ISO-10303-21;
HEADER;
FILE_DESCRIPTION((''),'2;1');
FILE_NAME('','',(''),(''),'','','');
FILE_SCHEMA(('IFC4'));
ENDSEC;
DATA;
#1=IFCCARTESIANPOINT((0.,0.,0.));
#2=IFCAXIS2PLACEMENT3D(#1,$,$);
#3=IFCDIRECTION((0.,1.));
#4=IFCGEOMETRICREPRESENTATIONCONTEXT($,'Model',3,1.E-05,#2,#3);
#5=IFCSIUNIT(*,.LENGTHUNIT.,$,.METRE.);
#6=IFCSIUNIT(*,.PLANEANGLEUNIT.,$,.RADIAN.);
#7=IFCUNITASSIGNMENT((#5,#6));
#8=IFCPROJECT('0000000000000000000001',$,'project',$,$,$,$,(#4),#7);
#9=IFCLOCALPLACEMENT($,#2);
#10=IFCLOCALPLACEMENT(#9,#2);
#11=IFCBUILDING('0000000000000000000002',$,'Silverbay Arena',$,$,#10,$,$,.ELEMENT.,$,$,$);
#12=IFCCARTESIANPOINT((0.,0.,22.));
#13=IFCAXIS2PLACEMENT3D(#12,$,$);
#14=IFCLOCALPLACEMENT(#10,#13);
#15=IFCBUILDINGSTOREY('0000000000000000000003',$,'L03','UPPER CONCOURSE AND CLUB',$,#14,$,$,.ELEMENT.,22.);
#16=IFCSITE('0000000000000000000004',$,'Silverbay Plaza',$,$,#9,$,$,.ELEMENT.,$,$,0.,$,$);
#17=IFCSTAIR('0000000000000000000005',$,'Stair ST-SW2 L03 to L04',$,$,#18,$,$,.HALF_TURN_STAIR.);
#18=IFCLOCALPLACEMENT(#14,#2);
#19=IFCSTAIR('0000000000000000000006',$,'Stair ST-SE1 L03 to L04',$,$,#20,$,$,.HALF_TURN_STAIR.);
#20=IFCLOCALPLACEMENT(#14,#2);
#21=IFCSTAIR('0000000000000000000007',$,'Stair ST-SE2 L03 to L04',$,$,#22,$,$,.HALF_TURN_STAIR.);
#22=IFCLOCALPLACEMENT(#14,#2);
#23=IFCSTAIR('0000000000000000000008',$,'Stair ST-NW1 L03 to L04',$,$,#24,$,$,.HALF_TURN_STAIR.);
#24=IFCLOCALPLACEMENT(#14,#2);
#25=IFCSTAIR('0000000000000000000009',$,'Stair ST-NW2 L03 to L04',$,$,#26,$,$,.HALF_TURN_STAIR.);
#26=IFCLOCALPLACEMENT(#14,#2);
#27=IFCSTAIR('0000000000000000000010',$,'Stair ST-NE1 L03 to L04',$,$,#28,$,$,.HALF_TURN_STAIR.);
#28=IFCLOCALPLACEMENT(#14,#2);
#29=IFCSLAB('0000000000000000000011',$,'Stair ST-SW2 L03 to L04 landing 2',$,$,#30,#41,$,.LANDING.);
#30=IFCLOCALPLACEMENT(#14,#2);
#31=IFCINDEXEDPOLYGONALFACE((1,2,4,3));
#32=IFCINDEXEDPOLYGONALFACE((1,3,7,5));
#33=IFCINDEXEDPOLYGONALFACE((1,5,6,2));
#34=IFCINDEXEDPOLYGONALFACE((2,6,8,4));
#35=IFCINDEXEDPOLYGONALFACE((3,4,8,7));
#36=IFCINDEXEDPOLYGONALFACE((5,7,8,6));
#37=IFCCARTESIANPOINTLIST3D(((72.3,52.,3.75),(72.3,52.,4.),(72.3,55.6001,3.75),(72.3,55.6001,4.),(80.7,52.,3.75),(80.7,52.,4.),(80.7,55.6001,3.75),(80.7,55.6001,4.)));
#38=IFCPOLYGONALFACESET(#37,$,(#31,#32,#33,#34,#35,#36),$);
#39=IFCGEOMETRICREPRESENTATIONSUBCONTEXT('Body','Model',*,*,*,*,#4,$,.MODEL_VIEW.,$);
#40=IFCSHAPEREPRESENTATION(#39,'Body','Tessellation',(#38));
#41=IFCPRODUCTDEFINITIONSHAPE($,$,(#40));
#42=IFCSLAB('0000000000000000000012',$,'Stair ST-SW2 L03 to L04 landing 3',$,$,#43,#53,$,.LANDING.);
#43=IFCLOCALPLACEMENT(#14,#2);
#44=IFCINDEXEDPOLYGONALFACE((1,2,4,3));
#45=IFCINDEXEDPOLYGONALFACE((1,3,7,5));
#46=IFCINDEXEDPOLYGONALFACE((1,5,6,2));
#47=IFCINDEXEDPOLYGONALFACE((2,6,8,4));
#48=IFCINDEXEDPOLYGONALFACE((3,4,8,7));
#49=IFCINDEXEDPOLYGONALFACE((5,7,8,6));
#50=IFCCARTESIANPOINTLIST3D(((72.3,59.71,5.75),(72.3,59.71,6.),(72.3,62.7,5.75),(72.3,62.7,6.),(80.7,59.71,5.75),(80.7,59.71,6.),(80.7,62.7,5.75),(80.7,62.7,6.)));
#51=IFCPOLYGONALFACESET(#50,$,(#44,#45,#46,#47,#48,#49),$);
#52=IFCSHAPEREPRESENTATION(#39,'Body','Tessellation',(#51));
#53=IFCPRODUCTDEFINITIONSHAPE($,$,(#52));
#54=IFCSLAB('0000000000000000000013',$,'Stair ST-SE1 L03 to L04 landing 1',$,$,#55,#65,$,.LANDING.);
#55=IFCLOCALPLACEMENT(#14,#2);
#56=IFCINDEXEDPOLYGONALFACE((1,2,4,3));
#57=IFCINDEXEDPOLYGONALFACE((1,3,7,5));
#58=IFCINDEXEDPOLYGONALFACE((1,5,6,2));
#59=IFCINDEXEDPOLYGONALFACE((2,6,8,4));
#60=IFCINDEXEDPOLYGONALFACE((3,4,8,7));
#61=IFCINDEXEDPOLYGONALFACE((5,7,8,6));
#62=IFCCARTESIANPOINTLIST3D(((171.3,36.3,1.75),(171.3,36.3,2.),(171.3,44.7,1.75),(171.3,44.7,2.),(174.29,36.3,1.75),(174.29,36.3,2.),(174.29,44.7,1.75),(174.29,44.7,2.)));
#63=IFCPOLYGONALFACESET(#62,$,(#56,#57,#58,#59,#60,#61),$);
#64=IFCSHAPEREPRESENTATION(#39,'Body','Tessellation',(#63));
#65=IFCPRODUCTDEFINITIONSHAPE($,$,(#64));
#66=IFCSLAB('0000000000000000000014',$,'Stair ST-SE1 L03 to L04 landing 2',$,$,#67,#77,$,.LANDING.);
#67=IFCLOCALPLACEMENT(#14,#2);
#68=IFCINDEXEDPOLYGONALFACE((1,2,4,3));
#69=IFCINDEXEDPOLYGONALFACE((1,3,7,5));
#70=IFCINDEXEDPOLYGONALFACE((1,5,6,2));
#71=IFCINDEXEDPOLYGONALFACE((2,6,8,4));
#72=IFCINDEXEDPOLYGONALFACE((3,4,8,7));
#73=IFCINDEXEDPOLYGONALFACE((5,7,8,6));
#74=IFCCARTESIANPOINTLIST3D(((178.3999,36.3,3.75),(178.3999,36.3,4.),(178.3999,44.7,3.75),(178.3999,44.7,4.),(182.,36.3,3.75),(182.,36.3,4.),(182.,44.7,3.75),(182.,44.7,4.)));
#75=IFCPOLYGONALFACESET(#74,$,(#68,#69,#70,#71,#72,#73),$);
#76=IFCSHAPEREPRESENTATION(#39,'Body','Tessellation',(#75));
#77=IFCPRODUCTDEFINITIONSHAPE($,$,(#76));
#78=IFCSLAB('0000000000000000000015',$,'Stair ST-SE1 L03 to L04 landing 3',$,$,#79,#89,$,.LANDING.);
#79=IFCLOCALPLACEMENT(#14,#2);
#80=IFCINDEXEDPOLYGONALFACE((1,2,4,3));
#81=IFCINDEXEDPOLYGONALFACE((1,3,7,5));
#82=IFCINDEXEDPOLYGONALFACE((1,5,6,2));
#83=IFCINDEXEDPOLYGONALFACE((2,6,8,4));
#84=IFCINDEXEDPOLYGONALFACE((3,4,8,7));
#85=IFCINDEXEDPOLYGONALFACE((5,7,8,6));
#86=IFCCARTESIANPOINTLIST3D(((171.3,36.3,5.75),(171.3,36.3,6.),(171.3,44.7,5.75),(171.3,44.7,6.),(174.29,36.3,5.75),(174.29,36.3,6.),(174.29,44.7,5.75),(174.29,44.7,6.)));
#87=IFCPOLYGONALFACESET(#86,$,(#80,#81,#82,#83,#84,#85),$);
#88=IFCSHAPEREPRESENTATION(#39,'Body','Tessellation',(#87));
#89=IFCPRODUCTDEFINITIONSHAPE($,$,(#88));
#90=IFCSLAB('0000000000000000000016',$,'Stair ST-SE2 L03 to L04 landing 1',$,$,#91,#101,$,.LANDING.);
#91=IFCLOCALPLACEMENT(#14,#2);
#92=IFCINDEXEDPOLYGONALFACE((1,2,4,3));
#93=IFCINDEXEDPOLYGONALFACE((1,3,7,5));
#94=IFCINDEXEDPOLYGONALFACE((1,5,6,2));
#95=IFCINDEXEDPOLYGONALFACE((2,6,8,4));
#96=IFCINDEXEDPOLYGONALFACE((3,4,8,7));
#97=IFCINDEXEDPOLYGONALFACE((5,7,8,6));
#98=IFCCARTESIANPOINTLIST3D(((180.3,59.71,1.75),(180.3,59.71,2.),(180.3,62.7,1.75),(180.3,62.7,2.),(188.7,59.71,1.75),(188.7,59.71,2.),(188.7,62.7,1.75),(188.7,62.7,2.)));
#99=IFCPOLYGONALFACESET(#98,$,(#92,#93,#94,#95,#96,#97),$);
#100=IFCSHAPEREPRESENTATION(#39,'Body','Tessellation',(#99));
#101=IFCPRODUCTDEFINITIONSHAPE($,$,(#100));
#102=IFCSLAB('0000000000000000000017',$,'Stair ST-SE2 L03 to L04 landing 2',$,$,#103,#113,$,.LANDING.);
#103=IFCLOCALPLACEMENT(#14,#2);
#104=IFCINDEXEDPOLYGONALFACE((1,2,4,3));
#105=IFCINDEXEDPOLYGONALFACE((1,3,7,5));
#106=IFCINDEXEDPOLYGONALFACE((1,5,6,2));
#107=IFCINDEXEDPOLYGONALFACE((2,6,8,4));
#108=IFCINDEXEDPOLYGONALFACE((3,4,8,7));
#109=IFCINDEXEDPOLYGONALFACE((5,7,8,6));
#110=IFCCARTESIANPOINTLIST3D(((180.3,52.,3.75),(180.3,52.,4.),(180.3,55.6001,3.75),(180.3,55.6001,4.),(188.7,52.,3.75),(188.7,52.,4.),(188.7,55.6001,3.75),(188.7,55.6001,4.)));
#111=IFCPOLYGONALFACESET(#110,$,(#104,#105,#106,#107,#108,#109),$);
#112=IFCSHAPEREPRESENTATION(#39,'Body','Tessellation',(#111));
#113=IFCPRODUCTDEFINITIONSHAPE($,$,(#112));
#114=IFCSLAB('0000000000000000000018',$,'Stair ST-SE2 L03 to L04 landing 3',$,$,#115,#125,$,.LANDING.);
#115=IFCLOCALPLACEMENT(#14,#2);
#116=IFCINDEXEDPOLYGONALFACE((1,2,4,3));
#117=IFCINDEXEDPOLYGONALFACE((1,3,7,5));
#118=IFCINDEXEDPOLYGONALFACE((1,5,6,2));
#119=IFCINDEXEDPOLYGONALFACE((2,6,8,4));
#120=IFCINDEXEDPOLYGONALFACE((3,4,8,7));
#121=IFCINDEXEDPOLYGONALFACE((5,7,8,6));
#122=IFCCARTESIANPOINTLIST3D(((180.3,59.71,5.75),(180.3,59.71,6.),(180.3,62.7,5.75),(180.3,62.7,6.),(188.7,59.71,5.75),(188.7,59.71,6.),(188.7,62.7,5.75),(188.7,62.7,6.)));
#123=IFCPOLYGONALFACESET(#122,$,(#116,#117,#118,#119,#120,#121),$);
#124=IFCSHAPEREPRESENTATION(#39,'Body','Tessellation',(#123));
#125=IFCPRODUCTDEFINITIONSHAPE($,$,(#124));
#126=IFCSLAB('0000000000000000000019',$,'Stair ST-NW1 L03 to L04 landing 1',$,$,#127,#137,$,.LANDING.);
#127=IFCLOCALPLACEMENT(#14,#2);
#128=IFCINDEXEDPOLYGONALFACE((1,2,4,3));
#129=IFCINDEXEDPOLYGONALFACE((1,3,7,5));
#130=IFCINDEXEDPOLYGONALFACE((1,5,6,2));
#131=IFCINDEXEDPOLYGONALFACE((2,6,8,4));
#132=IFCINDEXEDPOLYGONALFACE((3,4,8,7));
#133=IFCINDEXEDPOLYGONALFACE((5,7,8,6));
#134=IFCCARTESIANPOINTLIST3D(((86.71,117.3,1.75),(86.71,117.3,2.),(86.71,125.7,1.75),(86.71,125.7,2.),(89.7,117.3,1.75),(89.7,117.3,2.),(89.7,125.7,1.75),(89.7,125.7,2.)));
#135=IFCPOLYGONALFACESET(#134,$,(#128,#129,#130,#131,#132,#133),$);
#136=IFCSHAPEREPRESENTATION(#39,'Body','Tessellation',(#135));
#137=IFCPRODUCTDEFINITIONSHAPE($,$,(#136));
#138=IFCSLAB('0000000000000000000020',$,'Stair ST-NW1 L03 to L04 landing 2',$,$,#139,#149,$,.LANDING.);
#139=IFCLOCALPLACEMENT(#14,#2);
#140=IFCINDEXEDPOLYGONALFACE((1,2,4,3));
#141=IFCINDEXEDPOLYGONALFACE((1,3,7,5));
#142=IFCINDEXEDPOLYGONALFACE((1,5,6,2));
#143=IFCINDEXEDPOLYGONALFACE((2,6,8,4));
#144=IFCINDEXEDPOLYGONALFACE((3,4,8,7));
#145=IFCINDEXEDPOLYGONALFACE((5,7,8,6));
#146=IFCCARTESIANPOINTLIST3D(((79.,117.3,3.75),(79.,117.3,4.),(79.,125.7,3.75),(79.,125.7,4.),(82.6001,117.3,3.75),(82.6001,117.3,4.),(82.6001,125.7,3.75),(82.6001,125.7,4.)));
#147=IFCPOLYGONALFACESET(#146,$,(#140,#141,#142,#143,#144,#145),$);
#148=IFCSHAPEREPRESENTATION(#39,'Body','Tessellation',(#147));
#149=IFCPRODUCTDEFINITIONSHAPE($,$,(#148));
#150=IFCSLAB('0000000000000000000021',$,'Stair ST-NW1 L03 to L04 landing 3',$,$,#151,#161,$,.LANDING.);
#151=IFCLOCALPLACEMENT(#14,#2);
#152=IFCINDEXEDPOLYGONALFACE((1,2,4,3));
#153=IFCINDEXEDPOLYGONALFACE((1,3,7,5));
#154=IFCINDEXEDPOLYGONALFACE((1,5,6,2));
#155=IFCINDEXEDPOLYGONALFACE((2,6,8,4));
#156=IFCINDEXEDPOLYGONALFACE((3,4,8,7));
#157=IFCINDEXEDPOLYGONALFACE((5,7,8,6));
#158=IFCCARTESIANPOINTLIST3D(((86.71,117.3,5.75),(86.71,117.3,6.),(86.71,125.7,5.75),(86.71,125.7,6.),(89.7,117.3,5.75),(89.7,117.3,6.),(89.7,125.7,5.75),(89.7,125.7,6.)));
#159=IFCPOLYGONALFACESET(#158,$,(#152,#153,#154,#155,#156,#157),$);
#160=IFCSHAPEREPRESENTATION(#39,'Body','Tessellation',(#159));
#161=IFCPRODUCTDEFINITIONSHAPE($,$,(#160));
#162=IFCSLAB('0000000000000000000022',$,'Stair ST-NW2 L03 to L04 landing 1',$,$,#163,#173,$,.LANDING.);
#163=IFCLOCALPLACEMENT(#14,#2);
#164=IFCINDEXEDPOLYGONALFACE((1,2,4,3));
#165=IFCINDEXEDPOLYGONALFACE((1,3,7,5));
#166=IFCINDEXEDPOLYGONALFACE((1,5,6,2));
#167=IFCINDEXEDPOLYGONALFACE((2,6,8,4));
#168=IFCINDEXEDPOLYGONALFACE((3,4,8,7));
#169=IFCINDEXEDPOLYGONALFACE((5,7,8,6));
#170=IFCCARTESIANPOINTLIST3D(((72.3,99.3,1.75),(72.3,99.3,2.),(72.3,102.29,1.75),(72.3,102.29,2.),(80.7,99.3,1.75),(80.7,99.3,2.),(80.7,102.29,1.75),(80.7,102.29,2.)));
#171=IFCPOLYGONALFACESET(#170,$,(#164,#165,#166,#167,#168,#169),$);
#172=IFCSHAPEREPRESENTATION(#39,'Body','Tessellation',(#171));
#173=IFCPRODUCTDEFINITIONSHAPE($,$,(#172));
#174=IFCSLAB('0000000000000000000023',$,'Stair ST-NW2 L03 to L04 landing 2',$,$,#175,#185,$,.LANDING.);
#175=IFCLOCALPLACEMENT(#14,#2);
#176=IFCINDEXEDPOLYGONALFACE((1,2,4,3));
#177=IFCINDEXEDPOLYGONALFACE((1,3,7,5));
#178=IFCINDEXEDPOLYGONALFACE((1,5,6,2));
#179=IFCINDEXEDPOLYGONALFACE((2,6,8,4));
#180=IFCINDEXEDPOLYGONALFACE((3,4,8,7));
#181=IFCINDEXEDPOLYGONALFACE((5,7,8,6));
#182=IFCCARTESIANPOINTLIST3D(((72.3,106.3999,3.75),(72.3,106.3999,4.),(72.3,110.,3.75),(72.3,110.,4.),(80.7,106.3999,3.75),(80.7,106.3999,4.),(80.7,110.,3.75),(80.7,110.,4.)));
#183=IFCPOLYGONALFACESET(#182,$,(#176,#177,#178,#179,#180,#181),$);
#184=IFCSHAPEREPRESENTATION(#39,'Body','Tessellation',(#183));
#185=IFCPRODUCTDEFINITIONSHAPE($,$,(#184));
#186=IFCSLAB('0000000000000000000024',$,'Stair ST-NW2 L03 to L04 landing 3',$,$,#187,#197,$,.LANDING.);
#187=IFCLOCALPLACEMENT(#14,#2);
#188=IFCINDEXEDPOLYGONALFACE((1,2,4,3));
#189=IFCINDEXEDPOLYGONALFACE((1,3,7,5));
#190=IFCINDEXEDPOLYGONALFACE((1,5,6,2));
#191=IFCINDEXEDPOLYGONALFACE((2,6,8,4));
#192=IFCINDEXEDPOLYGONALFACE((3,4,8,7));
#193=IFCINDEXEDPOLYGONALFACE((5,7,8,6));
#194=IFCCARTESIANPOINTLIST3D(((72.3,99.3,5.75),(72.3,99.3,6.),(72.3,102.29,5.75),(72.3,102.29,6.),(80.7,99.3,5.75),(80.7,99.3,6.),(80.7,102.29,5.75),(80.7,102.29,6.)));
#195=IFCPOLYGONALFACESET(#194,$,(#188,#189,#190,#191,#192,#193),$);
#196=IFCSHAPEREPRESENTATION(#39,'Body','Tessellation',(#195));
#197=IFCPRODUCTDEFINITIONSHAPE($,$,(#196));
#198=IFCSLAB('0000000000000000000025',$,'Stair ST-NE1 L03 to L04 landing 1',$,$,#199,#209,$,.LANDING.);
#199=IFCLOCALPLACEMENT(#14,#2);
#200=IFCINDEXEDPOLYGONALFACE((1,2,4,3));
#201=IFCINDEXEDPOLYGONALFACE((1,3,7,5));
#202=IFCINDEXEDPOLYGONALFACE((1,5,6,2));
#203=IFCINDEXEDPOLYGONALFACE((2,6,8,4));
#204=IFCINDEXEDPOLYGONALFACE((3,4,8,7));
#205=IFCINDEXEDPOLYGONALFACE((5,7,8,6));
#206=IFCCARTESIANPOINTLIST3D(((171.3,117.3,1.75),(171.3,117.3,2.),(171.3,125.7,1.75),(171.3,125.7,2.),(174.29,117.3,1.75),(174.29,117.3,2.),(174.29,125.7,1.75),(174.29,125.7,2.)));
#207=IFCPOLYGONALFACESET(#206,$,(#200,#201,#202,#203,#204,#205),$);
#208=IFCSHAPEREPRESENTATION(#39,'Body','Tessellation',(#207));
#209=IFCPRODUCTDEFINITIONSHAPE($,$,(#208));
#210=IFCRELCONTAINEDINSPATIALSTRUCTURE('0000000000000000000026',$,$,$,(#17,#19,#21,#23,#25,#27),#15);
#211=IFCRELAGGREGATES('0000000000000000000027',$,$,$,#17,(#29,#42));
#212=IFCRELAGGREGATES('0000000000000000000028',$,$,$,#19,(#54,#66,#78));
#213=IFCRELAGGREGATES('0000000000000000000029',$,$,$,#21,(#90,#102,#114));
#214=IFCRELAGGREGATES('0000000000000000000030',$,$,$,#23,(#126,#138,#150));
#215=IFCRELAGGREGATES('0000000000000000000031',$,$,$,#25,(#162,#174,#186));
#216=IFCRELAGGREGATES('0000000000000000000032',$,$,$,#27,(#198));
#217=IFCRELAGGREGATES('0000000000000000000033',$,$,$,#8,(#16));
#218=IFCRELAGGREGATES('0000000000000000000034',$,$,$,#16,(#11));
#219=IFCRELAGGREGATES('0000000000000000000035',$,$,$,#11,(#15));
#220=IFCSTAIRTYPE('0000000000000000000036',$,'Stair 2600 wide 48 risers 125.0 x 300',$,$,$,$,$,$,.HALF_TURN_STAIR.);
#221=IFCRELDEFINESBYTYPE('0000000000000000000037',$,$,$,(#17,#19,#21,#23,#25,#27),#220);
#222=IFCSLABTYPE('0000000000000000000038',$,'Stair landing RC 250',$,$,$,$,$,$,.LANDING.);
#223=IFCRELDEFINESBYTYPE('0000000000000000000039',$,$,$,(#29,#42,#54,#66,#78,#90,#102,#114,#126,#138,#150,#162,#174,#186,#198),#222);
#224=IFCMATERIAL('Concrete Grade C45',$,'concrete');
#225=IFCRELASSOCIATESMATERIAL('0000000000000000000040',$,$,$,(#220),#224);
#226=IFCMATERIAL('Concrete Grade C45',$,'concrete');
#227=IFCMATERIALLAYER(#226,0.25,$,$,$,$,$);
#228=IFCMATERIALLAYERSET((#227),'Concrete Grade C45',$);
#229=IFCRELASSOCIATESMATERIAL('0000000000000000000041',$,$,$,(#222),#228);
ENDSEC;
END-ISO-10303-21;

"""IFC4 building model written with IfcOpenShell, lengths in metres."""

from ifc_helpers import new_model, si_unit, direction, frame, origin, place, context, subcontext, project, spatial, polyline, outline, extrude, material, layer, layer_set, type_object, element, aggregate, save


model = new_model("IFC4")

# Units and contexts
model_context = context("Model", 3, precision=1e-05, world=origin(), true_north=direction((0.0, 1.0)))
body_context = subcontext(model_context, "Body", "Model", "MODEL_VIEW")
ifc_project = project(units=[si_unit("LENGTHUNIT", "METRE"), si_unit("PLANEANGLEUNIT", "RADIAN")], contexts=[model_context])

# Site, building, storey
site_placement = place(None, origin())
site = spatial("IfcSite", under=ifc_project, at=site_placement, Name="Silverbay Plaza", CompositionType="ELEMENT", RefElevation=0.0)
building_placement = place(site_placement, origin())
building = spatial("IfcBuilding", under=site, at=building_placement, Name="Silverbay Arena", CompositionType="ELEMENT")
storey_placement = place(building_placement, frame((0.0, 0.0, 22.0)))
storey = spatial("IfcBuildingStorey", under=building, at=storey_placement, Name="L03", Description="UPPER CONCOURSE AND CLUB", CompositionType="ELEMENT", Elevation=22.0)

# Stairs
ifc_material_1 = material(Name="Concrete Grade C45", Category="concrete")
stair_type = type_object("IfcStairType", Name="Stair 2600 wide 48 risers 125.0 x 300", PredefinedType="HALF_TURN_STAIR", material=ifc_material_1)
stair_1_placement = place(storey_placement, origin())
stair_1 = element("IfcStair", 1, at=stair_1_placement, inside=storey, type_object=stair_type, Name="Stair ST-SW2 L03 to L04", PredefinedType="HALF_TURN_STAIR")
stair_2_placement = place(storey_placement, origin())
stair_2 = element("IfcStair", 2, at=stair_2_placement, inside=storey, type_object=stair_type, Name="Stair ST-SE1 L03 to L04", PredefinedType="HALF_TURN_STAIR")
stair_3_placement = place(storey_placement, origin())
stair_3 = element("IfcStair", 3, at=stair_3_placement, inside=storey, type_object=stair_type, Name="Stair ST-SE2 L03 to L04", PredefinedType="HALF_TURN_STAIR")
stair_4_placement = place(storey_placement, origin())
stair_4 = element("IfcStair", 4, at=stair_4_placement, inside=storey, type_object=stair_type, Name="Stair ST-NW1 L03 to L04", PredefinedType="HALF_TURN_STAIR")
stair_5_placement = place(storey_placement, origin())
stair_5 = element("IfcStair", 5, at=stair_5_placement, inside=storey, type_object=stair_type, Name="Stair ST-NW2 L03 to L04", PredefinedType="HALF_TURN_STAIR")
stair_6_placement = place(storey_placement, origin())
stair_6 = element("IfcStair", 6, at=stair_6_placement, inside=storey, type_object=stair_type, Name="Stair ST-NE1 L03 to L04", PredefinedType="HALF_TURN_STAIR")

# Slabs
ifc_material_2 = material(Name="Concrete Grade C45", Category="concrete")
ifc_layer_1 = layer(ifc_material_2, 0.25)
ifc_layer_set_1 = layer_set([ifc_layer_1], Name="Concrete Grade C45")
slab_type_1 = type_object("IfcSlabType", Name="Stair landing RC 250", PredefinedType="LANDING", material=ifc_layer_set_1)
slab_1_placement = place(storey_placement, frame((0.0, 0.0, 3.75)))
slab_1 = element("IfcSlab", 7, at=slab_1_placement, type_object=slab_type_1, Name="Stair ST-SW2 L03 to L04 landing 2", PredefinedType="LANDING", context=body_context, shape_type="SweptSolid", body=[
    extrude(outline(polyline([(80.7, 52.0), (80.7, 55.6001), (72.3, 55.6001), (72.3, 52.0), (80.7, 52.0)])), origin(), (0.0, 0.0, 1.0), 0.25),
])
slab_2_placement = place(storey_placement, frame((0.0, 0.0, 5.75)))
slab_2 = element("IfcSlab", 8, at=slab_2_placement, type_object=slab_type_1, Name="Stair ST-SW2 L03 to L04 landing 3", PredefinedType="LANDING", context=body_context, shape_type="SweptSolid", body=[
    extrude(outline(polyline([(80.7, 59.71), (80.7, 62.7), (72.3, 62.7), (72.3, 59.71), (80.7, 59.71)])), origin(), (0.0, 0.0, 1.0), 0.25),
])
aggregate(stair_1, [slab_1, slab_2])
slab_3_placement = place(storey_placement, frame((0.0, 0.0, 1.75)))
slab_3 = element("IfcSlab", 9, at=slab_3_placement, type_object=slab_type_1, Name="Stair ST-SE1 L03 to L04 landing 1", PredefinedType="LANDING", context=body_context, shape_type="SweptSolid", body=[
    extrude(outline(polyline([(174.29, 44.7), (171.3, 44.7), (171.3, 36.3), (174.29, 36.3), (174.29, 44.7)])), origin(), (0.0, 0.0, 1.0), 0.25),
])
slab_4_placement = place(storey_placement, frame((0.0, 0.0, 3.75)))
slab_4 = element("IfcSlab", 10, at=slab_4_placement, type_object=slab_type_1, Name="Stair ST-SE1 L03 to L04 landing 2", PredefinedType="LANDING", context=body_context, shape_type="SweptSolid", body=[
    extrude(outline(polyline([(182.0, 44.7), (178.3999, 44.7), (178.3999, 36.3), (182.0, 36.3), (182.0, 44.7)])), origin(), (0.0, 0.0, 1.0), 0.25),
])
slab_5_placement = place(storey_placement, frame((0.0, 0.0, 5.75)))
slab_5 = element("IfcSlab", 11, at=slab_5_placement, type_object=slab_type_1, Name="Stair ST-SE1 L03 to L04 landing 3", PredefinedType="LANDING", context=body_context, shape_type="SweptSolid", body=[
    extrude(outline(polyline([(174.29, 44.7), (171.3, 44.7), (171.3, 36.3), (174.29, 36.3), (174.29, 44.7)])), origin(), (0.0, 0.0, 1.0), 0.25),
])
aggregate(stair_2, [slab_3, slab_4, slab_5])
slab_6_placement = place(storey_placement, frame((0.0, 0.0, 1.75)))
slab_6 = element("IfcSlab", 12, at=slab_6_placement, type_object=slab_type_1, Name="Stair ST-SE2 L03 to L04 landing 1", PredefinedType="LANDING", context=body_context, shape_type="SweptSolid", body=[
    extrude(outline(polyline([(180.3, 59.71), (180.3, 62.7), (188.7, 62.7), (188.7, 59.71), (180.3, 59.71)])), origin(), (0.0, 0.0, 1.0), 0.25),
])
slab_7_placement = place(storey_placement, frame((0.0, 0.0, 3.75)))
slab_7 = element("IfcSlab", 13, at=slab_7_placement, type_object=slab_type_1, Name="Stair ST-SE2 L03 to L04 landing 2", PredefinedType="LANDING", context=body_context, shape_type="SweptSolid", body=[
    extrude(outline(polyline([(180.3, 52.0), (180.3, 55.6001), (188.7, 55.6001), (188.7, 52.0), (180.3, 52.0)])), origin(), (0.0, 0.0, 1.0), 0.25),
])
slab_8_placement = place(storey_placement, frame((0.0, 0.0, 5.75)))
slab_8 = element("IfcSlab", 14, at=slab_8_placement, type_object=slab_type_1, Name="Stair ST-SE2 L03 to L04 landing 3", PredefinedType="LANDING", context=body_context, shape_type="SweptSolid", body=[
    extrude(outline(polyline([(180.3, 59.71), (180.3, 62.7), (188.7, 62.7), (188.7, 59.71), (180.3, 59.71)])), origin(), (0.0, 0.0, 1.0), 0.25),
])
aggregate(stair_3, [slab_6, slab_7, slab_8])
slab_9_placement = place(storey_placement, frame((0.0, 0.0, 1.75)))
slab_9 = element("IfcSlab", 15, at=slab_9_placement, type_object=slab_type_1, Name="Stair ST-NW1 L03 to L04 landing 1", PredefinedType="LANDING", context=body_context, shape_type="SweptSolid", body=[
    extrude(outline(polyline([(86.71, 117.3), (89.7, 117.3), (89.7, 125.7), (86.71, 125.7), (86.71, 117.3)])), origin(), (0.0, 0.0, 1.0), 0.25),
])
slab_10_placement = place(storey_placement, frame((0.0, 0.0, 3.75)))
slab_10 = element("IfcSlab", 16, at=slab_10_placement, type_object=slab_type_1, Name="Stair ST-NW1 L03 to L04 landing 2", PredefinedType="LANDING", context=body_context, shape_type="SweptSolid", body=[
    extrude(outline(polyline([(79.0, 117.3), (82.6001, 117.3), (82.6001, 125.7), (79.0, 125.7), (79.0, 117.3)])), origin(), (0.0, 0.0, 1.0), 0.25),
])
slab_11_placement = place(storey_placement, frame((0.0, 0.0, 5.75)))
slab_11 = element("IfcSlab", 17, at=slab_11_placement, type_object=slab_type_1, Name="Stair ST-NW1 L03 to L04 landing 3", PredefinedType="LANDING", context=body_context, shape_type="SweptSolid", body=[
    extrude(outline(polyline([(86.71, 117.3), (89.7, 117.3), (89.7, 125.7), (86.71, 125.7), (86.71, 117.3)])), origin(), (0.0, 0.0, 1.0), 0.25),
])
aggregate(stair_4, [slab_9, slab_10, slab_11])
slab_12_placement = place(storey_placement, frame((0.0, 0.0, 1.75)))
slab_12 = element("IfcSlab", 18, at=slab_12_placement, type_object=slab_type_1, Name="Stair ST-NW2 L03 to L04 landing 1", PredefinedType="LANDING", context=body_context, shape_type="SweptSolid", body=[
    extrude(outline(polyline([(80.7, 102.29), (80.7, 99.3), (72.3, 99.3), (72.3, 102.29), (80.7, 102.29)])), origin(), (0.0, 0.0, 1.0), 0.25),
])
slab_13_placement = place(storey_placement, frame((0.0, 0.0, 3.75)))
slab_13 = element("IfcSlab", 19, at=slab_13_placement, type_object=slab_type_1, Name="Stair ST-NW2 L03 to L04 landing 2", PredefinedType="LANDING", context=body_context, shape_type="SweptSolid", body=[
    extrude(outline(polyline([(80.7, 110.0), (80.7, 106.3999), (72.3, 106.3999), (72.3, 110.0), (80.7, 110.0)])), origin(), (0.0, 0.0, 1.0), 0.25),
])
slab_14_placement = place(storey_placement, frame((0.0, 0.0, 5.75)))
slab_14 = element("IfcSlab", 20, at=slab_14_placement, type_object=slab_type_1, Name="Stair ST-NW2 L03 to L04 landing 3", PredefinedType="LANDING", context=body_context, shape_type="SweptSolid", body=[
    extrude(outline(polyline([(80.7, 102.29), (80.7, 99.3), (72.3, 99.3), (72.3, 102.29), (80.7, 102.29)])), origin(), (0.0, 0.0, 1.0), 0.25),
])
aggregate(stair_5, [slab_12, slab_13, slab_14])
slab_15_placement = place(storey_placement, frame((0.0, 0.0, 1.75)))
slab_15 = element("IfcSlab", 21, at=slab_15_placement, type_object=slab_type_1, Name="Stair ST-NE1 L03 to L04 landing 1", PredefinedType="LANDING", context=body_context, shape_type="SweptSolid", body=[
    extrude(outline(polyline([(174.29, 117.3), (171.3, 117.3), (171.3, 125.7), (174.29, 125.7), (174.29, 117.3)])), origin(), (0.0, 0.0, 1.0), 0.25),
])
aggregate(stair_6, [slab_15])

save(model, "model.ifc")
